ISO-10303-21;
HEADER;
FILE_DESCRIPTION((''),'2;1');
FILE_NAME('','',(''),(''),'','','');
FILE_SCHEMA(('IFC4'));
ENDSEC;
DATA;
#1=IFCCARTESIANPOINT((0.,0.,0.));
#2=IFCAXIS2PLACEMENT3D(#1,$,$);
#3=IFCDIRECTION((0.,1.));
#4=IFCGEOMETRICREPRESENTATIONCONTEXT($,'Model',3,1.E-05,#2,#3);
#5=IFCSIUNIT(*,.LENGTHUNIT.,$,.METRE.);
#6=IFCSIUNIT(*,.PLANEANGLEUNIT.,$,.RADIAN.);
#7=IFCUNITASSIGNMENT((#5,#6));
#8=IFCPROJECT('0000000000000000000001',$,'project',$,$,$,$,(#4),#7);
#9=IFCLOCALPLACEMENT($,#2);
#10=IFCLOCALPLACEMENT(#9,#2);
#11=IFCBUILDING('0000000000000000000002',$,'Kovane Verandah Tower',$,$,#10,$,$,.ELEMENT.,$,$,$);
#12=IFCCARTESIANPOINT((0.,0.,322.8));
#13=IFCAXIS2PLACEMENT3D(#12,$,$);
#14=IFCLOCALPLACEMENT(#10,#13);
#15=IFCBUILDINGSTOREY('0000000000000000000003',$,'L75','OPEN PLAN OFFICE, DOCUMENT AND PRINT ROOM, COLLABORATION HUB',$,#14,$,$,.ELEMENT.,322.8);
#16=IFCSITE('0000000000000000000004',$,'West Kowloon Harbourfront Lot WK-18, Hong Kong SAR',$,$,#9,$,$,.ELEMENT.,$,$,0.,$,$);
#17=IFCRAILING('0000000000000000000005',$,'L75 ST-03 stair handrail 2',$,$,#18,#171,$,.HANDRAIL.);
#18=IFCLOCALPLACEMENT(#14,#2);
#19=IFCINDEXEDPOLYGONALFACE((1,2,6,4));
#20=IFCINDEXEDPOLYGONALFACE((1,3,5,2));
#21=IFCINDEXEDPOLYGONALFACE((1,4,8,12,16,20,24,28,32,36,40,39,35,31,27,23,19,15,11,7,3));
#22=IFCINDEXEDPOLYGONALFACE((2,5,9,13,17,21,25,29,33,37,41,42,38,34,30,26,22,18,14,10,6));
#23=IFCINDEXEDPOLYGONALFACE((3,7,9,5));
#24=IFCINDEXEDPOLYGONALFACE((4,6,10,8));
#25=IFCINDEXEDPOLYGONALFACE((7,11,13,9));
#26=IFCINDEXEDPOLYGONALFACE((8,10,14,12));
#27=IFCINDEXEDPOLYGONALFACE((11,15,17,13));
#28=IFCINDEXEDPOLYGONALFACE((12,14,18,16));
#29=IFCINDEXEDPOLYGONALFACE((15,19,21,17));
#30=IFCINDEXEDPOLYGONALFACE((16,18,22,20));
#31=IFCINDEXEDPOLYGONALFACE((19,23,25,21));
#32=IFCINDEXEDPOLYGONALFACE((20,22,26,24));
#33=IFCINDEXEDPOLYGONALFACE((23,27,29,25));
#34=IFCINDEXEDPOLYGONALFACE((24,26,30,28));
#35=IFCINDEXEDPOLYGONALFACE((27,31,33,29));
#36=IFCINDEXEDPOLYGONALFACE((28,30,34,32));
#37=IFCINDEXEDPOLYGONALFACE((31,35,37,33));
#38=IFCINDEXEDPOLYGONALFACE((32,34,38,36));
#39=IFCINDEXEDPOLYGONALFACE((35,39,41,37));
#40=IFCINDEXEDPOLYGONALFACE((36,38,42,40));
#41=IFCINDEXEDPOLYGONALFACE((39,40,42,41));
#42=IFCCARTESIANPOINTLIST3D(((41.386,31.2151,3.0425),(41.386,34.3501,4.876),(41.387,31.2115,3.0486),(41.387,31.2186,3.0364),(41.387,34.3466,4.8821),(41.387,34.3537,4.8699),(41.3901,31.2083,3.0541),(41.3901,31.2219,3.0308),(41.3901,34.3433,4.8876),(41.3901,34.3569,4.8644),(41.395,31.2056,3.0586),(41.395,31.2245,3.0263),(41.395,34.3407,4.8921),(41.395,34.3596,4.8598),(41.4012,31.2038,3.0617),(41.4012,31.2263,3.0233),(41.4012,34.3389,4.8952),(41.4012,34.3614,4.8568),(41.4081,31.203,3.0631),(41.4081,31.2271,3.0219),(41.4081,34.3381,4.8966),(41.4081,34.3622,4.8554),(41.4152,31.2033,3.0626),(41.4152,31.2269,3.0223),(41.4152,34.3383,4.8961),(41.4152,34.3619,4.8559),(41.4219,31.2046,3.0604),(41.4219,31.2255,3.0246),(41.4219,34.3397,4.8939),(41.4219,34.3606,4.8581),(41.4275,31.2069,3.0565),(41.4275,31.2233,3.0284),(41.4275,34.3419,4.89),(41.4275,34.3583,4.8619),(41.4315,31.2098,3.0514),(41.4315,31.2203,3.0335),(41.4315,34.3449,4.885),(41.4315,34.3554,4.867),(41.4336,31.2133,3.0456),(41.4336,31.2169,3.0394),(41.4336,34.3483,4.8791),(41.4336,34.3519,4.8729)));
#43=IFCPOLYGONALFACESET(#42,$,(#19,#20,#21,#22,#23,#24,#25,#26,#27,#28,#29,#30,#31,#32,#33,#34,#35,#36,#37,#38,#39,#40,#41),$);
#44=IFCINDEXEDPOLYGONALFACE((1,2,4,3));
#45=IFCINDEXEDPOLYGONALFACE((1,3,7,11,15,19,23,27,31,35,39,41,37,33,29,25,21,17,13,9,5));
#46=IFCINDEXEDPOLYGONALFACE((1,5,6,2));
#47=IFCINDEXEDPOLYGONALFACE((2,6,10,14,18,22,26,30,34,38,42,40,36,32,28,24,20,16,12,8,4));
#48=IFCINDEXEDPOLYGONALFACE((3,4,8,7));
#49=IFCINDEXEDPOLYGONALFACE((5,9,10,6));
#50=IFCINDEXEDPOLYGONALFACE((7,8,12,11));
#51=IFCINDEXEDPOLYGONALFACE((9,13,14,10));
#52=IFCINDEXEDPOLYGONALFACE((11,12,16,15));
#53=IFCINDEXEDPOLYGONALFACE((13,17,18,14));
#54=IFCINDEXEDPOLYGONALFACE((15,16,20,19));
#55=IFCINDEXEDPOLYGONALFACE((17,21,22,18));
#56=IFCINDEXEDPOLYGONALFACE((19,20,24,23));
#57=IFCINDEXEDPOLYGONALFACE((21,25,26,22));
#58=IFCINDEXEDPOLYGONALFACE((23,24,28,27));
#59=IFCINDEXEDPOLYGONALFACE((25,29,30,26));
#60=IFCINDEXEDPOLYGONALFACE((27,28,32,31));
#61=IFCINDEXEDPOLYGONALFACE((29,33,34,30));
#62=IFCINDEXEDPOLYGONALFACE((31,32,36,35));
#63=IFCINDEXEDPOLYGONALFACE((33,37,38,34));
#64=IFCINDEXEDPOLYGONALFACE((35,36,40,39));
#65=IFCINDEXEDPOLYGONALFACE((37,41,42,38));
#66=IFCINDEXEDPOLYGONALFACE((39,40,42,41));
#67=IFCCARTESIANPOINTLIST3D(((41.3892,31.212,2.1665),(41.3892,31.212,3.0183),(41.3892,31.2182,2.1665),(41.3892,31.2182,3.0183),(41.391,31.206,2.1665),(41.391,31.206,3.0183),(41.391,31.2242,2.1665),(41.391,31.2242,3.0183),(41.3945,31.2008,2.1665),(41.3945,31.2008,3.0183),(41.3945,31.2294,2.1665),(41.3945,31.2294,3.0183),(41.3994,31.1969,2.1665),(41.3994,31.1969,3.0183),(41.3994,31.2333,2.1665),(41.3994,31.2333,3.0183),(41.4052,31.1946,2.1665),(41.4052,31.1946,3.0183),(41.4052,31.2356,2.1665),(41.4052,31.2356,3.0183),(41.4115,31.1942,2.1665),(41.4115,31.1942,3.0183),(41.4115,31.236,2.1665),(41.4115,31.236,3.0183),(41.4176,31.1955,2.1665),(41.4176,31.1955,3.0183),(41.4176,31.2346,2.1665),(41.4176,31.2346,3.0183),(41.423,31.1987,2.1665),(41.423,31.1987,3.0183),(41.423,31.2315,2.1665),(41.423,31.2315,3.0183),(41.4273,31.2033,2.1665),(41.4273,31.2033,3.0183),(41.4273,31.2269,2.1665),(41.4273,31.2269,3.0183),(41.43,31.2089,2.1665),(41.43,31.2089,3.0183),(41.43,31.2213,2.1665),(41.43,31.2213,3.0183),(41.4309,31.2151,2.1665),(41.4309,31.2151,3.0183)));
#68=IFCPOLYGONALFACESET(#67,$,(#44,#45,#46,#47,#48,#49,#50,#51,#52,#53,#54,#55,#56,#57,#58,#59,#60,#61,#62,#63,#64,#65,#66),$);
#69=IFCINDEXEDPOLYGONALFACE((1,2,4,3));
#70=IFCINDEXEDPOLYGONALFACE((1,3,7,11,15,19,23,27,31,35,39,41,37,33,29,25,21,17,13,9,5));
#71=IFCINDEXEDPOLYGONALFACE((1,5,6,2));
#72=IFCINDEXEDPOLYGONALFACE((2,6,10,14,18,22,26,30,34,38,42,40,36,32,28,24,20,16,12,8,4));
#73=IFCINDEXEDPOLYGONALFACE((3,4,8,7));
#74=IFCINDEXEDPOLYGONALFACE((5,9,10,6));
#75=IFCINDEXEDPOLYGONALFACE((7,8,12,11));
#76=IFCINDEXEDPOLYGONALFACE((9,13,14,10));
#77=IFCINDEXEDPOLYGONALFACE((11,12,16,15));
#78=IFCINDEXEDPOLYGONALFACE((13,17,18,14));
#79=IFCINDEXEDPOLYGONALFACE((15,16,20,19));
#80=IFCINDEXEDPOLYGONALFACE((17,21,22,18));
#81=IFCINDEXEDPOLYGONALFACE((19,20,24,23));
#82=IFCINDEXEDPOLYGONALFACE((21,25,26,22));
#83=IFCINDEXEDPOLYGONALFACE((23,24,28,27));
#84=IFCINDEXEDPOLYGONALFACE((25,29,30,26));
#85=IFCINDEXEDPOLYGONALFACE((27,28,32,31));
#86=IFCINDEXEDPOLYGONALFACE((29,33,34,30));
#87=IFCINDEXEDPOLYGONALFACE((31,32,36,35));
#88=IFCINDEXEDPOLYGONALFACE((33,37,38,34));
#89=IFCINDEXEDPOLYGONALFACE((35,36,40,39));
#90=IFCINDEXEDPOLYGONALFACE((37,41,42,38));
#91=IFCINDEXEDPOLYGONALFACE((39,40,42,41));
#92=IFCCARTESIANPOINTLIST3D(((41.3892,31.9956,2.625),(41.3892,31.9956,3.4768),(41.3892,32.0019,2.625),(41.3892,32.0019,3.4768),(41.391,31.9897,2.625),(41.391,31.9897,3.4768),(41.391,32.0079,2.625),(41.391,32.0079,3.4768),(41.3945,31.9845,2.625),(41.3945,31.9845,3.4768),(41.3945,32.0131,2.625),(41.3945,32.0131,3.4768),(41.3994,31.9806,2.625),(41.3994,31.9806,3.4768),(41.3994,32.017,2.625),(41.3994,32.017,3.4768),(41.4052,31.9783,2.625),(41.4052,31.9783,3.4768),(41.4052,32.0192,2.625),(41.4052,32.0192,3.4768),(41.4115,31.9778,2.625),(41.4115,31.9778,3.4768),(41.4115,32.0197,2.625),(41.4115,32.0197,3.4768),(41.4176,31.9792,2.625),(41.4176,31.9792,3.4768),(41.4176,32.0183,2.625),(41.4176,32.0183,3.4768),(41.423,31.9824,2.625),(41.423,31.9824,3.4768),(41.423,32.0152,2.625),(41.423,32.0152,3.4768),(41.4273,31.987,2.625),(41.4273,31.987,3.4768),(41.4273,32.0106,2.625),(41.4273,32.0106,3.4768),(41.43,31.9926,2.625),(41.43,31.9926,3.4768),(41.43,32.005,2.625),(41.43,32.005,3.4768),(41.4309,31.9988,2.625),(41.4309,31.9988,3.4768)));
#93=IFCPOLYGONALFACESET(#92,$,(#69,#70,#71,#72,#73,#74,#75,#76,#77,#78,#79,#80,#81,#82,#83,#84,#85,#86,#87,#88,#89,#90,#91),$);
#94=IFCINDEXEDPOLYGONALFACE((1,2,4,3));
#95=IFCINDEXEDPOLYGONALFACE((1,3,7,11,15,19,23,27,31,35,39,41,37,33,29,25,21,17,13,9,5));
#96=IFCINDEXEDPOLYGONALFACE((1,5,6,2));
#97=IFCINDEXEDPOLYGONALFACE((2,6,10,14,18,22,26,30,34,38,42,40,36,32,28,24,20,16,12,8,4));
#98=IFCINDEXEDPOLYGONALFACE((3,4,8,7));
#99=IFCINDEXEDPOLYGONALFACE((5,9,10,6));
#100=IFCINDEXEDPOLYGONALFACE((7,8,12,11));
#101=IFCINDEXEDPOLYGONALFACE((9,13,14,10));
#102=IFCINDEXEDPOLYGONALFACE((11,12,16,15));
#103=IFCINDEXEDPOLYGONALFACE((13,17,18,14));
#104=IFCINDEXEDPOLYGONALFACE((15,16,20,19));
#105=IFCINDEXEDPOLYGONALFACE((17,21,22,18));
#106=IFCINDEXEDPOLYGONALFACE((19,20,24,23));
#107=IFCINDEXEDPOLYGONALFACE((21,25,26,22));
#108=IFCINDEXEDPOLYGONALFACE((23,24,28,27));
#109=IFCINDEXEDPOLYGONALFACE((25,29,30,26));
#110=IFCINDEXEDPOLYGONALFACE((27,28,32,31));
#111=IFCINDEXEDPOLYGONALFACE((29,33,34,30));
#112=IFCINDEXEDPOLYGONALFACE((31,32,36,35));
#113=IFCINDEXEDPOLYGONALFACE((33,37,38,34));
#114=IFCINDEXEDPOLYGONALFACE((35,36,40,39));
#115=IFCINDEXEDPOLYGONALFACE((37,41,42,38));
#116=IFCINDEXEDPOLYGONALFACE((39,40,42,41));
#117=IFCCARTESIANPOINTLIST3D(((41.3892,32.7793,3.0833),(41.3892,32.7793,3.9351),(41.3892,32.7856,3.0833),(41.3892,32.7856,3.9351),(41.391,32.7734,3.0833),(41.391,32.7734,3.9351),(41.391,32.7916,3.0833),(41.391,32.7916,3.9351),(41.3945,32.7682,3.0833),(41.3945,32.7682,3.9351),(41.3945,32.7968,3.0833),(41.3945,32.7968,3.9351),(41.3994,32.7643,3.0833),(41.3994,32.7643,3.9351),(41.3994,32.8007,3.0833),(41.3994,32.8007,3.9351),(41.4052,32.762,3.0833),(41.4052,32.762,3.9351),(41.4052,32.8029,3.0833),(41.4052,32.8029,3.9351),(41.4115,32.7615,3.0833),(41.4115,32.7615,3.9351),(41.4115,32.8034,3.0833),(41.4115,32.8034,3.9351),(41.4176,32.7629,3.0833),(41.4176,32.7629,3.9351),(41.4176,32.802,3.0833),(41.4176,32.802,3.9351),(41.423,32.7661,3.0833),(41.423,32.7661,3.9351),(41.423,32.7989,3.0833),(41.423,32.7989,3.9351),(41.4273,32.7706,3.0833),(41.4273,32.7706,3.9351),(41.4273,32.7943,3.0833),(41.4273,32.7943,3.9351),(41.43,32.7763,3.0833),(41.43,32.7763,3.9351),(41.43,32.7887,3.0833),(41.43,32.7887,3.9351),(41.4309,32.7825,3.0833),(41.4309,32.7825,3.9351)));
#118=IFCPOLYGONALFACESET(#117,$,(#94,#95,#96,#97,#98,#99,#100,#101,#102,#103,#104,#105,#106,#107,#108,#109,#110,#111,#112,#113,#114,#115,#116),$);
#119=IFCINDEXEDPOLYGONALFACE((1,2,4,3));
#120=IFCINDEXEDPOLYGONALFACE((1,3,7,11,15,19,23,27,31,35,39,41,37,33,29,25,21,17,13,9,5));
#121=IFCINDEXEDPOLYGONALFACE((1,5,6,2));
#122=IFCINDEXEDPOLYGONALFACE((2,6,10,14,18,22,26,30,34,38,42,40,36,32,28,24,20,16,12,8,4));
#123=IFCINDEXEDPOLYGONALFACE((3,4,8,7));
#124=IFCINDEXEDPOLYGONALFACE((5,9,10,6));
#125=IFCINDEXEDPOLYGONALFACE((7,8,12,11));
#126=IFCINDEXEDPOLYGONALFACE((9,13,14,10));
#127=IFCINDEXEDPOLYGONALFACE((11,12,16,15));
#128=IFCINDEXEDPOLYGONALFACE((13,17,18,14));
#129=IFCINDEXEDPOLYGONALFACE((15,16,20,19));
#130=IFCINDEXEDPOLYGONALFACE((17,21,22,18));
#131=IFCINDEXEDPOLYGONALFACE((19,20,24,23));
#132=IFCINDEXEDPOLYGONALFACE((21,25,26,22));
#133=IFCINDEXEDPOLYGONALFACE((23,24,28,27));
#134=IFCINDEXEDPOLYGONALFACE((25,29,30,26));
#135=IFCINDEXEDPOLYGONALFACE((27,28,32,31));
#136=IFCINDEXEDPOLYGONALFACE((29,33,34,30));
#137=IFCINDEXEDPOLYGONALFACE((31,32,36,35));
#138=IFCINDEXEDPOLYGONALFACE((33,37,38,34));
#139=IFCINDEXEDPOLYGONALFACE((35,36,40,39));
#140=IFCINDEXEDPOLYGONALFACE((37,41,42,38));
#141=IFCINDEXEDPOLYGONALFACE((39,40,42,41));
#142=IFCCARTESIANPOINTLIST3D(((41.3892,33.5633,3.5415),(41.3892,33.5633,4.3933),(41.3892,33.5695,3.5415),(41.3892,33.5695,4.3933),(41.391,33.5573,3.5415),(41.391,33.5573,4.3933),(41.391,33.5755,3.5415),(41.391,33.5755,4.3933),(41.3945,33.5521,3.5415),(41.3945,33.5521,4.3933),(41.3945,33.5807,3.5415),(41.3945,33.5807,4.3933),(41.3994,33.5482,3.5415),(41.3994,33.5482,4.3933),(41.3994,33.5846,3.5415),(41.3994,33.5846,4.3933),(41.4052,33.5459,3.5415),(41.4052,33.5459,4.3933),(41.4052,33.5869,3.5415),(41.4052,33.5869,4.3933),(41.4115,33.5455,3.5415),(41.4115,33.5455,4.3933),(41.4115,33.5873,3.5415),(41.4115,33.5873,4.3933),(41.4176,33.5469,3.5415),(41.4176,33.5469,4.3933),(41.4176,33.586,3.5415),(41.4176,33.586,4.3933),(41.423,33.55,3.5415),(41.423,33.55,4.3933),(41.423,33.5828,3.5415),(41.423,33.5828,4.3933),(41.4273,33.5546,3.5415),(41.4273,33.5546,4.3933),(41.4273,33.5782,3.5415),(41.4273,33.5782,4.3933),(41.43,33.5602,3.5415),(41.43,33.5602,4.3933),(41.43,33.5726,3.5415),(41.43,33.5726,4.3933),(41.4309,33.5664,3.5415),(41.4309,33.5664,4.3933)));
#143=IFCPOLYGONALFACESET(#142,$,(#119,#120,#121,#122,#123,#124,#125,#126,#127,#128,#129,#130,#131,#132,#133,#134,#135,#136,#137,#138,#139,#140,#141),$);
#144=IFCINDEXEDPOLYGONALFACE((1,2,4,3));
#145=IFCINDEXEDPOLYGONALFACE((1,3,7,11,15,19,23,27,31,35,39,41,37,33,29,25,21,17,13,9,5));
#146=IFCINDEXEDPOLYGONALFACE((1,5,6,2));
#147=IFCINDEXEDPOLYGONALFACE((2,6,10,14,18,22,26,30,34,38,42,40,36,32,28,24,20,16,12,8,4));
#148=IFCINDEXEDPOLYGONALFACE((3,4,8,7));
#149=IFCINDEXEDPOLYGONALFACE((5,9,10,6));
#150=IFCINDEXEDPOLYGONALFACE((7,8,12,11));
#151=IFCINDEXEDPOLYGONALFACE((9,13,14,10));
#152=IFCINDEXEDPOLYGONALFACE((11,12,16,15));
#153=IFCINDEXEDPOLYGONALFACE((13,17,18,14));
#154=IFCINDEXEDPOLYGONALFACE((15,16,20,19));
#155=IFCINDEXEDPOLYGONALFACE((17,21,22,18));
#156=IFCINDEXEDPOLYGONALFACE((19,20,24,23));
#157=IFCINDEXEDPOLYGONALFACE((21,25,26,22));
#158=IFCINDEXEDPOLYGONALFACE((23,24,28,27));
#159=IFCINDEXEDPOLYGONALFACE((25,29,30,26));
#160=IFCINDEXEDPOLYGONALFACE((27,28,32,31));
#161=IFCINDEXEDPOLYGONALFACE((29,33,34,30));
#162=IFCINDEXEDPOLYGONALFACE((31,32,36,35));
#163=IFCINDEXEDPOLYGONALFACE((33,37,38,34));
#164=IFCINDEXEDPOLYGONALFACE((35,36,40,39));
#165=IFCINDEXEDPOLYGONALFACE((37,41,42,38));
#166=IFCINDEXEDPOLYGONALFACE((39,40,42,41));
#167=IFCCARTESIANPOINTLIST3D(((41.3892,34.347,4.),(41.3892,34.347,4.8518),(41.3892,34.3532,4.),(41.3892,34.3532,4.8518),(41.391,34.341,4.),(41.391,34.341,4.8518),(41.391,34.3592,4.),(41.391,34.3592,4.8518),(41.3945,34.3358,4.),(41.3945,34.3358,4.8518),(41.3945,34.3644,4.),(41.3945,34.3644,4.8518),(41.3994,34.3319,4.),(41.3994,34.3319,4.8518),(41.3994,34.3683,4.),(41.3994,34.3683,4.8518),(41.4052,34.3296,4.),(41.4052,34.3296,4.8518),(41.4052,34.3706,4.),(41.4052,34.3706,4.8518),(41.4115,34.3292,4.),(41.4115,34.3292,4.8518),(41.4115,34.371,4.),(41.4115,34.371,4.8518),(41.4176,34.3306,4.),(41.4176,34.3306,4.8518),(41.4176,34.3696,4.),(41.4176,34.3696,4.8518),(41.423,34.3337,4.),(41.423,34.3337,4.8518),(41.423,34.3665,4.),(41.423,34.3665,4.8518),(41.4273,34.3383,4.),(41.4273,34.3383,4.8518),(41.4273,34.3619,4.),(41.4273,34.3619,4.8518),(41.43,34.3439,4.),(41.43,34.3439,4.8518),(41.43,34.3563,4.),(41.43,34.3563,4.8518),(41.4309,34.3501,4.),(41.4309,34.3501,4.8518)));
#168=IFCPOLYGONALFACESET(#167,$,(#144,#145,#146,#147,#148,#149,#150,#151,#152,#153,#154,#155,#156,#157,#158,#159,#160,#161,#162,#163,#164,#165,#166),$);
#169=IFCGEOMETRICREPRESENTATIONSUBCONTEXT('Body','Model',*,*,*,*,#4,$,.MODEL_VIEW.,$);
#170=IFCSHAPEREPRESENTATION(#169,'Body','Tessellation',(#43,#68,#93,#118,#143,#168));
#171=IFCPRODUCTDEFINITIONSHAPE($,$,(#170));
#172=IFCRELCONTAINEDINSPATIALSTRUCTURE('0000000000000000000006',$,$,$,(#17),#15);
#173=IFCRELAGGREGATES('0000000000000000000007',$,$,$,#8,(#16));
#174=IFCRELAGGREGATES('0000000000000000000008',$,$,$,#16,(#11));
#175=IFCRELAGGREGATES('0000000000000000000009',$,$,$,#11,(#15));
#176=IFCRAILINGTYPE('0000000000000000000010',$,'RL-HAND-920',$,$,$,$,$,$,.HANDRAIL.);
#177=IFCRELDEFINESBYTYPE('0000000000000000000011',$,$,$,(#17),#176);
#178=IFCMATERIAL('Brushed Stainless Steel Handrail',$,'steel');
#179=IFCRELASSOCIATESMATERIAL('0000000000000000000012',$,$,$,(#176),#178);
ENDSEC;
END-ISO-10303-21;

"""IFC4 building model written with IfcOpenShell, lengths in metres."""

from ifc_helpers import new_model, si_unit, direction, frame, origin, origin_2d, place, context, subcontext, project, spatial, circle, extrude, material, type_object, element, save


model = new_model("IFC4")

# Units and contexts
model_context = context("Model", 3, precision=1e-05, world=origin(), true_north=direction((0.0, 1.0)))
body_context = subcontext(model_context, "Body", "Model", "MODEL_VIEW")
ifc_project = project(units=[si_unit("LENGTHUNIT", "METRE"), si_unit("PLANEANGLEUNIT", "RADIAN")], contexts=[model_context])

# Site, building, storey
site_placement = place(None, origin())
site = spatial("IfcSite", under=ifc_project, at=site_placement, Name="West Kowloon Harbourfront Lot WK-18, Hong Kong SAR", CompositionType="ELEMENT", RefElevation=0.0)
building_placement = place(site_placement, origin())
building = spatial("IfcBuilding", under=site, at=building_placement, Name="Kovane Verandah Tower", CompositionType="ELEMENT")
storey_placement = place(building_placement, frame((0.0, 0.0, 322.8)))
storey = spatial("IfcBuildingStorey", under=building, at=storey_placement, Name="L75", Description="OPEN PLAN OFFICE, DOCUMENT AND PRINT ROOM, COLLABORATION HUB", CompositionType="ELEMENT", Elevation=322.8)

# Railing
ifc_material_1 = material(Name="Brushed Stainless Steel Handrail", Category="steel")
railing_type_1 = type_object("IfcRailingType", Name="RL-HAND-920", PredefinedType="HANDRAIL", material=ifc_material_1)
railing_1_placement = place(storey_placement, frame((41.4099, 31.2151, 2.1665)))
element("IfcRailing", 1, at=railing_1_placement, inside=storey, type_object=railing_type_1, Name="L75 ST-03 stair handrail 2", PredefinedType="HANDRAIL", context=body_context, shape_type="SweptSolid", body=[
    extrude(circle(Radius=0.0239, at=origin_2d()), frame((0.0, 0.0, 0.876), z_axis=(0.0, 0.86321, 0.504845), x_axis=(-1.0, 0.0, 0.0)), (0.0, 0.0, 1.0), 3.6318),
    extrude(circle(Radius=0.021, at=origin_2d()), origin(), (0.0, 0.0, 1.0), 0.8518),
    extrude(circle(Radius=0.021, at=origin_2d()), frame((0.0, 0.7837, 0.4585)), (0.0, 0.0, 1.0), 0.8518),
    extrude(circle(Radius=0.021, at=origin_2d()), frame((0.0, 1.5674, 0.9167)), (0.0, 0.0, 1.0), 0.8518),
    extrude(circle(Radius=0.021, at=origin_2d()), frame((0.0, 2.3513, 1.375)), (0.0, 0.0, 1.0), 0.8518),
    extrude(circle(Radius=0.021, at=origin_2d()), frame((0.0, 3.135, 1.8335)), (0.0, 0.0, 1.0), 0.8518),
])

save(model, "model.ifc")
